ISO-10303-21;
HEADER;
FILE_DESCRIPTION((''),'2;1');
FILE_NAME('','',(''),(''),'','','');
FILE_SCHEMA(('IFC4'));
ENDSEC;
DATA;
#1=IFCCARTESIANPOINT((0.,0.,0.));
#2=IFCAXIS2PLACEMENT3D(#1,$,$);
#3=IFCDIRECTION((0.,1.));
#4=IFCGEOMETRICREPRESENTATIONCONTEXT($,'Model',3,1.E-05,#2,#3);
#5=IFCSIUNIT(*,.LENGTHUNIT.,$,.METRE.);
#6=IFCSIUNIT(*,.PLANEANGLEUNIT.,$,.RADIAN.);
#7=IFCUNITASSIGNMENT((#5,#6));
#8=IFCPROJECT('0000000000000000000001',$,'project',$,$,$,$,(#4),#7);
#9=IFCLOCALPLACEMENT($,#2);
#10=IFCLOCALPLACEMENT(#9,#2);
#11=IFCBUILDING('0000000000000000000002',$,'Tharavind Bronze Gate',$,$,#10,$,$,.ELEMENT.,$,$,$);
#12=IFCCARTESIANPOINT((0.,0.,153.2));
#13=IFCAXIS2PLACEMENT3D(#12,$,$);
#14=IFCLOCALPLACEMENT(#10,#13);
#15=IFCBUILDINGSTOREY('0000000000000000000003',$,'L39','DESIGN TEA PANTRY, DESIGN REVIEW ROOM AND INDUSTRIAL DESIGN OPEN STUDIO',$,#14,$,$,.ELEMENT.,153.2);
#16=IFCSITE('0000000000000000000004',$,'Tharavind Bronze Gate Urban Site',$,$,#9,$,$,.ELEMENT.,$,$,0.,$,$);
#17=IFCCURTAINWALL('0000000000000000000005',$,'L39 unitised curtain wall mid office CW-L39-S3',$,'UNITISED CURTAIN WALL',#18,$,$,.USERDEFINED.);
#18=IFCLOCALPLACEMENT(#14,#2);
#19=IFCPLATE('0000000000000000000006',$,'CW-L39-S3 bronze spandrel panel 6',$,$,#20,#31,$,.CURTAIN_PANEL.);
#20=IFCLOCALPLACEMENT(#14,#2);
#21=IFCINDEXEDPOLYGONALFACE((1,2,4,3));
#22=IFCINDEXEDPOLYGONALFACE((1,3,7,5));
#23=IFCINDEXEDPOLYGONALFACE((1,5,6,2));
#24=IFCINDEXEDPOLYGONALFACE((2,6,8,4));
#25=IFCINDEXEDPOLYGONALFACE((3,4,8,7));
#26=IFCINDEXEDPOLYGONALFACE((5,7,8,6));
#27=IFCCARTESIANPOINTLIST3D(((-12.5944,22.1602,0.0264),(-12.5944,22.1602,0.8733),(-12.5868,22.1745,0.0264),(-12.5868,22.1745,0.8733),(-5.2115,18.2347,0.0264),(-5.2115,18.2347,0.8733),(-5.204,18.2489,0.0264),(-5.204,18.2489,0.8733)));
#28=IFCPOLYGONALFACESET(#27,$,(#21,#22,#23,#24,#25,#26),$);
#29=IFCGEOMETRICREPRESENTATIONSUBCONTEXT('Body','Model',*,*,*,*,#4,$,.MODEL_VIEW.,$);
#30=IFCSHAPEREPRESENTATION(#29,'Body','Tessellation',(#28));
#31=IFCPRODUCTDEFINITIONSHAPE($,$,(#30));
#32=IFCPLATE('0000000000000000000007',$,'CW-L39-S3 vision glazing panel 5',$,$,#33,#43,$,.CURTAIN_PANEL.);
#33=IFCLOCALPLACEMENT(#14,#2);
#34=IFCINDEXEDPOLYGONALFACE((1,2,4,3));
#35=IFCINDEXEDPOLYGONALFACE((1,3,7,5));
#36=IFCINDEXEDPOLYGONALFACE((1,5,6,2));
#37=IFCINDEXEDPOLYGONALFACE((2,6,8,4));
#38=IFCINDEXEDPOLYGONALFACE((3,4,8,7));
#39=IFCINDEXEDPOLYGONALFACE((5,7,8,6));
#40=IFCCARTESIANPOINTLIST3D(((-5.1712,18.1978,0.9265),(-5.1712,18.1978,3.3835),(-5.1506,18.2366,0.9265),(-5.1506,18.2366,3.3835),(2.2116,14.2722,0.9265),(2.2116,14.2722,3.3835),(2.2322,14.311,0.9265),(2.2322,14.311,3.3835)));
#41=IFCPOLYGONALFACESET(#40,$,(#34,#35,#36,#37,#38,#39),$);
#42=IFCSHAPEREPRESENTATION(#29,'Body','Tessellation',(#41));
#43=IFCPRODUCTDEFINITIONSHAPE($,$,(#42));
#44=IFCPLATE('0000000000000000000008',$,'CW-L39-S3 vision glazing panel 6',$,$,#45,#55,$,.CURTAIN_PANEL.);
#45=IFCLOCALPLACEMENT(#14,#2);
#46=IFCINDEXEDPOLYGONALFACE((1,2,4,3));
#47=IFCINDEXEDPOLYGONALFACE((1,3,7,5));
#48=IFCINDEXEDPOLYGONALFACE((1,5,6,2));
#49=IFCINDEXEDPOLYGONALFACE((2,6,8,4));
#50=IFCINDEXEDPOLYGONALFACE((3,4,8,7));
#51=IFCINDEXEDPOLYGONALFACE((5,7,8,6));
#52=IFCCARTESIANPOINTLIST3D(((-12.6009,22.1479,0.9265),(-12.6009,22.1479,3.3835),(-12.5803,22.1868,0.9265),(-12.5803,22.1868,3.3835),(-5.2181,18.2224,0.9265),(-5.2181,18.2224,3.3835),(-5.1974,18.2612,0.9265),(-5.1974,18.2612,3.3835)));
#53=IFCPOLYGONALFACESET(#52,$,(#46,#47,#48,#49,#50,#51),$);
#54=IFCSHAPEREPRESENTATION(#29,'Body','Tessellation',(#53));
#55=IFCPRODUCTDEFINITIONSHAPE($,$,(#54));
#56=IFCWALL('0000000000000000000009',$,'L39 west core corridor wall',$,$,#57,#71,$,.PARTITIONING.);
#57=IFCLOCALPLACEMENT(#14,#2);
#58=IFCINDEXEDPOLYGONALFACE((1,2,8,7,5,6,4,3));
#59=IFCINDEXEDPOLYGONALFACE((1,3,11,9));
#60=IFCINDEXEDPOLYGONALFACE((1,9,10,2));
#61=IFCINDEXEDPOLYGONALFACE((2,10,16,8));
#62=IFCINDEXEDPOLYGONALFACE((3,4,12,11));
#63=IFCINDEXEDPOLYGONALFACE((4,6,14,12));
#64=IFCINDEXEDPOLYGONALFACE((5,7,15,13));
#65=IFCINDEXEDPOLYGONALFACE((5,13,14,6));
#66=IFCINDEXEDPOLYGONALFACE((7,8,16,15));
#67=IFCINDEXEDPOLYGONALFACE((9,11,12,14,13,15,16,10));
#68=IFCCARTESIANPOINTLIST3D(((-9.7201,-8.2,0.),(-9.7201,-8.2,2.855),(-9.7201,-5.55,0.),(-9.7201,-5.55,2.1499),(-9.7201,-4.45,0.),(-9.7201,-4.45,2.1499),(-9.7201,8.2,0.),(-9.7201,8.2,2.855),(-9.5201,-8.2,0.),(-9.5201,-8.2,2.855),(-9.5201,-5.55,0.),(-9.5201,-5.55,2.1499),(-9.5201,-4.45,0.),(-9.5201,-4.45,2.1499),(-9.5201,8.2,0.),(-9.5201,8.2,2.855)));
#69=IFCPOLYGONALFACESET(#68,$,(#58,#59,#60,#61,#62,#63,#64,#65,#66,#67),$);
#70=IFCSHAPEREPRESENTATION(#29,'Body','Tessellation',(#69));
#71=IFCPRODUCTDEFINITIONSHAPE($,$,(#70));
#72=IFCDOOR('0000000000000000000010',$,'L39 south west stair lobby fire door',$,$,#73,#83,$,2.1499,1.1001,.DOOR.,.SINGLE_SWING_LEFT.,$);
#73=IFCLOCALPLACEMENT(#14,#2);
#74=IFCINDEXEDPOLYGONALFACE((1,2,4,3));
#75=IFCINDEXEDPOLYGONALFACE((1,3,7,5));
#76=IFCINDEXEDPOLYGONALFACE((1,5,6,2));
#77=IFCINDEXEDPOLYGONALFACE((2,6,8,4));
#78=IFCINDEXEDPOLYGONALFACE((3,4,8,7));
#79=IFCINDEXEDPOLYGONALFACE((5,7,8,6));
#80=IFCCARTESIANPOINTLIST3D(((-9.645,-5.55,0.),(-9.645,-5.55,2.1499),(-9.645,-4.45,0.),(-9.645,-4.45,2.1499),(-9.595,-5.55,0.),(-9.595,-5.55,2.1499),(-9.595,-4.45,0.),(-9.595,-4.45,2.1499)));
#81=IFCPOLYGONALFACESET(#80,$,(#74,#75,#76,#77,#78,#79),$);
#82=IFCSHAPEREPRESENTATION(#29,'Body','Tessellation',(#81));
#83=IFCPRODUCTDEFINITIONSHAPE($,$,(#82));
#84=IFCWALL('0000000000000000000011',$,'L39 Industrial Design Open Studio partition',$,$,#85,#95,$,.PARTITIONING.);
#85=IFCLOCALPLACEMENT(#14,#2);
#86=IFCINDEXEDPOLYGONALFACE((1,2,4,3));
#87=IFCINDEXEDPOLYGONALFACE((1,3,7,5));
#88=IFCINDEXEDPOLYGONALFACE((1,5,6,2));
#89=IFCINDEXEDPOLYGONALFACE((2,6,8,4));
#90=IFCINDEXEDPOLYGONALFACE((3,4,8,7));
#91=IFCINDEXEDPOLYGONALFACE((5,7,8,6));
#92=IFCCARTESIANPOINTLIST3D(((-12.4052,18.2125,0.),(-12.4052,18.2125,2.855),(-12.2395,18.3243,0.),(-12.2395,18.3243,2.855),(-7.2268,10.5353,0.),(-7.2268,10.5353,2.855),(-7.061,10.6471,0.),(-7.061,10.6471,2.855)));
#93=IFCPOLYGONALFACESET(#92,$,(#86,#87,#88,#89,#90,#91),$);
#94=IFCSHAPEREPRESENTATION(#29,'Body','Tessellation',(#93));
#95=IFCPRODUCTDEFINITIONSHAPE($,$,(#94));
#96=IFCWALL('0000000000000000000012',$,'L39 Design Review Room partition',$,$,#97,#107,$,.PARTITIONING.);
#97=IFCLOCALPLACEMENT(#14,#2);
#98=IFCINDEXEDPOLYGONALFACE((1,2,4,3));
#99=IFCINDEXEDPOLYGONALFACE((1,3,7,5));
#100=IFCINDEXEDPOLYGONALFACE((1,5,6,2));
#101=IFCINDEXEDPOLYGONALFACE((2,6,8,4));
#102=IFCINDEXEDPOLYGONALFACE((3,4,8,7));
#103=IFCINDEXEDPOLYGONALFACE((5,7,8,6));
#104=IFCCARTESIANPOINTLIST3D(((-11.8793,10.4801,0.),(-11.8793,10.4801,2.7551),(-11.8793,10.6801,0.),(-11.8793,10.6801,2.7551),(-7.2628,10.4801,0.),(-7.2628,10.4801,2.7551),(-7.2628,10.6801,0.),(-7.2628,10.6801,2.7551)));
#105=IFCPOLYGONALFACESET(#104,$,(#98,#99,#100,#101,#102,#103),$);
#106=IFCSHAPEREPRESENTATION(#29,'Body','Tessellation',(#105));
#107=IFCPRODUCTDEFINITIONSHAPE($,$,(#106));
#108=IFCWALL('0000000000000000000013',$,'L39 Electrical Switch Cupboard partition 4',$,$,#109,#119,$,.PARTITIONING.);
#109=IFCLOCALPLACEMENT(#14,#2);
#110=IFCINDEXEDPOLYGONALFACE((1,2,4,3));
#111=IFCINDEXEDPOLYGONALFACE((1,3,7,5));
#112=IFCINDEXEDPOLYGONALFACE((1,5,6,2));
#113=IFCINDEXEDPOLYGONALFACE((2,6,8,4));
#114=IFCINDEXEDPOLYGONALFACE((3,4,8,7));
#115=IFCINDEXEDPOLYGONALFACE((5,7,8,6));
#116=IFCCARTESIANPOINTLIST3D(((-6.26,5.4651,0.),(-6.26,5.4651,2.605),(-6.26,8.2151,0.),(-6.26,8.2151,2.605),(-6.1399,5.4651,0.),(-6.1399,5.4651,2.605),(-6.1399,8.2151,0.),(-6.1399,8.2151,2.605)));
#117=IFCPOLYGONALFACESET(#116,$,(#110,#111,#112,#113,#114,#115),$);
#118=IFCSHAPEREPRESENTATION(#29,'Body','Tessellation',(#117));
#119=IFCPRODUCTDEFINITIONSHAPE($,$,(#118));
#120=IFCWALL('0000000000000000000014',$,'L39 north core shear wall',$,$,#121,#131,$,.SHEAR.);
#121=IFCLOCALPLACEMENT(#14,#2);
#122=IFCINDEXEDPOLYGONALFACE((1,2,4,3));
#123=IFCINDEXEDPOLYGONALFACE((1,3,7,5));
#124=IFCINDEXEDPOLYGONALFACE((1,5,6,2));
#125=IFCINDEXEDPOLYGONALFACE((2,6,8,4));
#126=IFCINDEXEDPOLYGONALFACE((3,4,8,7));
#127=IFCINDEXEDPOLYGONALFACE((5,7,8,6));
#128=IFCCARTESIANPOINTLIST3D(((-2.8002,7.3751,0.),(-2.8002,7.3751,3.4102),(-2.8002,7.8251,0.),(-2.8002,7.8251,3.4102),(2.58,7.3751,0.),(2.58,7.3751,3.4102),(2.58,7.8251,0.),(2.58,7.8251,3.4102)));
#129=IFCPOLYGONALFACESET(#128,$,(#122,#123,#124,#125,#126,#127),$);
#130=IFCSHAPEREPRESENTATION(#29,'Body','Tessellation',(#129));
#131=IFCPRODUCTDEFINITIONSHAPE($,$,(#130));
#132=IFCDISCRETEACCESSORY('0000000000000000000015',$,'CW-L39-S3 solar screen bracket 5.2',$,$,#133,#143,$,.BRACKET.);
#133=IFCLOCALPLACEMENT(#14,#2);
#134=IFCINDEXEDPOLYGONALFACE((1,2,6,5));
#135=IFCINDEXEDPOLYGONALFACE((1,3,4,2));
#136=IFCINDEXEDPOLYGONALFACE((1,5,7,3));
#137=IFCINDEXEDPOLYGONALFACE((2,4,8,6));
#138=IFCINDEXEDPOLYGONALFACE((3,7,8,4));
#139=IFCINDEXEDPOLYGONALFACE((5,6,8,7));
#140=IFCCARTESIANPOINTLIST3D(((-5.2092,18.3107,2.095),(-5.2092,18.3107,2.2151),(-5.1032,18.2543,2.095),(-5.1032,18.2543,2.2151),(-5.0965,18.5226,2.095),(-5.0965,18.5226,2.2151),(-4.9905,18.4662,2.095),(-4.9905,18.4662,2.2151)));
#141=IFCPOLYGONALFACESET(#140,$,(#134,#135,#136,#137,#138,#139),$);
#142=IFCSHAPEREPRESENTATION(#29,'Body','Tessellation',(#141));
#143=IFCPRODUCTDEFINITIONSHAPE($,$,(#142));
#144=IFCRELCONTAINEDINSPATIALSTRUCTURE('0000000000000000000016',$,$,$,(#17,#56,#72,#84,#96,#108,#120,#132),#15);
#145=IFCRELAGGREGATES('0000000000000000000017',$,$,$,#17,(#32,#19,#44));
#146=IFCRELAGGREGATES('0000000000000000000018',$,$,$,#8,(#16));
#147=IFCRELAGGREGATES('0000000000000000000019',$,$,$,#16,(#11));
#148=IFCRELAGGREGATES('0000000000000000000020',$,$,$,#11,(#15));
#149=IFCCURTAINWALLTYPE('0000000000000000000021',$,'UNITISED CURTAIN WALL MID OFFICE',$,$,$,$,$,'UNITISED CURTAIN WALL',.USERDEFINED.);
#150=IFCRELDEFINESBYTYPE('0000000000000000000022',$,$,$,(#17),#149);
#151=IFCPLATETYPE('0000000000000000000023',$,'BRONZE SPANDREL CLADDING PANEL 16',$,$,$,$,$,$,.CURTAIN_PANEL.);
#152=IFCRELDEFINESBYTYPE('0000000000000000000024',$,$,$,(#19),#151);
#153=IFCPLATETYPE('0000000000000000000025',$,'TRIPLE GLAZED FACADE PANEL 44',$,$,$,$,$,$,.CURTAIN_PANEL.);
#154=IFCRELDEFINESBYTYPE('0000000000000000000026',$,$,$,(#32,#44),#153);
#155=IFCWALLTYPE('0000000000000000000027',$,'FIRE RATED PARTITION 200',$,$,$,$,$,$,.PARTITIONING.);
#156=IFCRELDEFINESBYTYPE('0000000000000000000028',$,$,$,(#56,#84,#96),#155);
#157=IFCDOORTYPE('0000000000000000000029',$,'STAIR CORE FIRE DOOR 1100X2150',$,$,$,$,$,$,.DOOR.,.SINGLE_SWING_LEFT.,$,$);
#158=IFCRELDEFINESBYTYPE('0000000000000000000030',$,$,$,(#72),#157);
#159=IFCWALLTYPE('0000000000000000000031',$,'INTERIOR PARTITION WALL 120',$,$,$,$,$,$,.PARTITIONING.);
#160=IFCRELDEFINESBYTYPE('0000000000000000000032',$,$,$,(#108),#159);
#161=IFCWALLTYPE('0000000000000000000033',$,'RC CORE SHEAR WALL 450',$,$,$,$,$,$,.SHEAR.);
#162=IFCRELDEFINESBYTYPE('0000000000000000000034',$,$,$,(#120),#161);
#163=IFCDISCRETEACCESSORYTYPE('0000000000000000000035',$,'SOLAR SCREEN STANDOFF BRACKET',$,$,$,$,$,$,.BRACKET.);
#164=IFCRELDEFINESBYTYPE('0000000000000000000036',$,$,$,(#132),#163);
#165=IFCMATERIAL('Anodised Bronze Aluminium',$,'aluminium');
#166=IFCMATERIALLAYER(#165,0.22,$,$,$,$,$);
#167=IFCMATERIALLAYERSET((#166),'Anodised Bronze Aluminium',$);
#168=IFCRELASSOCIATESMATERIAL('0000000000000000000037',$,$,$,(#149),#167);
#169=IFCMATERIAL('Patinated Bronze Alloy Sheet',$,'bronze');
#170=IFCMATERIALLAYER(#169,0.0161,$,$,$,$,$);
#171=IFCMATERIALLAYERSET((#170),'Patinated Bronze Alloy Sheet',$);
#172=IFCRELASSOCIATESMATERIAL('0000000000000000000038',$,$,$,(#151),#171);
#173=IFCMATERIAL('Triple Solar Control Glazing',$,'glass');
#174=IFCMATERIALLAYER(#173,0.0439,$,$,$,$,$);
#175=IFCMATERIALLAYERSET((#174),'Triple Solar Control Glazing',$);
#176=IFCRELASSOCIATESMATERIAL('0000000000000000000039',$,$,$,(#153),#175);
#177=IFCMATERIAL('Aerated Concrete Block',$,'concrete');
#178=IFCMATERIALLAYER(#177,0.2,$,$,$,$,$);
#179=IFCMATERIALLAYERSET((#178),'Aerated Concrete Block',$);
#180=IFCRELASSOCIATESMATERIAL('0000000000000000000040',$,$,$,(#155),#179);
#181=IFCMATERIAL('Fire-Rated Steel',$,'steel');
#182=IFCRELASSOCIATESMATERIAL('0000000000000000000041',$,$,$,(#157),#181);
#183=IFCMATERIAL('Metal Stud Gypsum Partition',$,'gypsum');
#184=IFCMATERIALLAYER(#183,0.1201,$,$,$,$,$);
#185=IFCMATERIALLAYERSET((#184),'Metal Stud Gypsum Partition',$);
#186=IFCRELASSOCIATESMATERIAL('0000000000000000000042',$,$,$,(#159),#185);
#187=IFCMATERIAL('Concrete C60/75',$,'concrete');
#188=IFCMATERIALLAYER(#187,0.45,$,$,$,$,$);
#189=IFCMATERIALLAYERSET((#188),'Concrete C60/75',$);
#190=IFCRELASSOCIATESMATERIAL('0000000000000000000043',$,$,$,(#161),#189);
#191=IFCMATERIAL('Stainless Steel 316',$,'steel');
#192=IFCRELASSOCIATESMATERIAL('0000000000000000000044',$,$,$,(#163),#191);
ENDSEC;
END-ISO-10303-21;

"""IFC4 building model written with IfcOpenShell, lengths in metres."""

from ifc_helpers import new_model, si_unit, direction, frame, frame_2d, origin, origin_2d, place, context, subcontext, project, spatial, rectangle, extrude, material, layer, layer_set, type_object, element, fill, aggregate, save


model = new_model("IFC4")

# Units and contexts
model_context = context("Model", 3, precision=1e-05, world=origin(), true_north=direction((0.0, 1.0)))
body_context = subcontext(model_context, "Body", "Model", "MODEL_VIEW")
ifc_project = project(units=[si_unit("LENGTHUNIT", "METRE"), si_unit("PLANEANGLEUNIT", "RADIAN")], contexts=[model_context])

# Site, building, storey
site_placement = place(None, origin())
site = spatial("IfcSite", under=ifc_project, at=site_placement, Name="Tharavind Bronze Gate Urban Site", CompositionType="ELEMENT", RefElevation=0.0)
building_placement = place(site_placement, origin())
building = spatial("IfcBuilding", under=site, at=building_placement, Name="Tharavind Bronze Gate", CompositionType="ELEMENT")
storey_placement = place(building_placement, frame((0.0, 0.0, 153.2)))
storey = spatial("IfcBuildingStorey", under=building, at=storey_placement, Name="L39", Description="DESIGN TEA PANTRY, DESIGN REVIEW ROOM AND INDUSTRIAL DESIGN OPEN STUDIO", CompositionType="ELEMENT", Elevation=153.2)

# Curtain wall
ifc_material_1 = material(Name="Anodised Bronze Aluminium", Category="aluminium")
ifc_layer_1 = layer(ifc_material_1, 0.22)
ifc_layer_set_1 = layer_set([ifc_layer_1], Name="Anodised Bronze Aluminium")
curtain_wall_type = type_object("IfcCurtainWallType", Name="UNITISED CURTAIN WALL MID OFFICE", ElementType="UNITISED CURTAIN WALL", PredefinedType="USERDEFINED", material=ifc_layer_set_1)
curtain_wall_placement = place(storey_placement, origin())
curtain_wall = element("IfcCurtainWall", 1, at=curtain_wall_placement, inside=storey, type_object=curtain_wall_type, Name="L39 unitised curtain wall mid office CW-L39-S3", ObjectType="UNITISED CURTAIN WALL", PredefinedType="USERDEFINED")

# Plates
ifc_material_2 = material(Name="Patinated Bronze Alloy Sheet", Category="bronze")
ifc_layer_2 = layer(ifc_material_2, 0.0161)
ifc_layer_set_2 = layer_set([ifc_layer_2], Name="Patinated Bronze Alloy Sheet")
plate_type_1 = type_object("IfcPlateType", Name="BRONZE SPANDREL CLADDING PANEL 16", PredefinedType="CURTAIN_PANEL", material=ifc_layer_set_2)
plate_1_placement = place(storey_placement, frame((-8.8992, 20.2046, 0.0264), z_axis=(0.0, 0.0, 1.0), x_axis=(-0.882948, 0.469472, 0.0)))
plate_1 = element("IfcPlate", 2, at=plate_1_placement, type_object=plate_type_1, Name="CW-L39-S3 bronze spandrel panel 6", PredefinedType="CURTAIN_PANEL", context=body_context, shape_type="SweptSolid", body=[
    extrude(rectangle(XDim=8.3616, YDim=0.0161, at=origin_2d()), origin(), (0.0, 0.0, 1.0), 0.8469),
])
ifc_material_3 = material(Name="Triple Solar Control Glazing", Category="glass")
ifc_layer_3 = layer(ifc_material_3, 0.0439)
ifc_layer_set_3 = layer_set([ifc_layer_3], Name="Triple Solar Control Glazing")
plate_type_2 = type_object("IfcPlateType", Name="TRIPLE GLAZED FACADE PANEL 44", PredefinedType="CURTAIN_PANEL", material=ifc_layer_set_3)
plate_2_placement = place(storey_placement, frame((-1.4695, 16.2544, 0.9265), z_axis=(0.0, 0.0, 1.0), x_axis=(-0.882948, 0.469472, 0.0)))
plate_2 = element("IfcPlate", 3, at=plate_2_placement, type_object=plate_type_2, Name="CW-L39-S3 vision glazing panel 5", PredefinedType="CURTAIN_PANEL", context=body_context, shape_type="SweptSolid", body=[
    extrude(rectangle(XDim=8.3616, YDim=0.0439, at=origin_2d()), origin(), (0.0, 0.0, 1.0), 2.457),
])
plate_3_placement = place(storey_placement, frame((-8.8992, 20.2046, 0.9265), z_axis=(0.0, 0.0, 1.0), x_axis=(-0.882948, 0.469472, 0.0)))
plate_3 = element("IfcPlate", 4, at=plate_3_placement, type_object=plate_type_2, Name="CW-L39-S3 vision glazing panel 6", PredefinedType="CURTAIN_PANEL", context=body_context, shape_type="SweptSolid", body=[
    extrude(rectangle(XDim=8.3616, YDim=0.0439, at=origin_2d()), origin(), (0.0, 0.0, 1.0), 2.457),
])
aggregate(curtain_wall, [plate_2, plate_1, plate_3])

# Wall, opening, door
ifc_material_4 = material(Name="Aerated Concrete Block", Category="concrete")
ifc_layer_4 = layer(ifc_material_4, 0.2)
ifc_layer_set_4 = layer_set([ifc_layer_4], Name="Aerated Concrete Block")
wall_type_1 = type_object("IfcWallType", Name="FIRE RATED PARTITION 200", PredefinedType="PARTITIONING", material=ifc_layer_set_4)
wall_1_placement = place(storey_placement, frame((-9.6201, 8.2, 0.0), z_axis=(0.0, 0.0, 1.0), x_axis=(0.0, -1.0, 0.0)))
wall_1 = element("IfcWall", 5, at=wall_1_placement, inside=storey, type_object=wall_type_1, Name="L39 west core corridor wall", PredefinedType="PARTITIONING", context=body_context, shape_type="SweptSolid", body=[
    extrude(rectangle(XDim=16.3999, YDim=0.2, at=frame_2d((8.2, 0.0))), origin(), (0.0, 0.0, 1.0), 2.855),
])
opening_placement = place(wall_1_placement, frame((12.6499, 0.0, 0.0)))
opening = element("IfcOpeningElement", 6, at=opening_placement, cuts=wall_1, PredefinedType="OPENING", context=body_context, shape_type="SweptSolid", body=[
    extrude(rectangle(XDim=1.1001, YDim=2.1499, at=frame_2d((0.55, 1.075))), frame((0.0, 0.1101, 0.0), z_axis=(0.0, -1.0, 0.0), x_axis=(1.0, 0.0, 0.0)), (0.0, 0.0, 1.0), 0.22),
])
ifc_material_5 = material(Name="Fire-Rated Steel", Category="steel")
door_type = type_object("IfcDoorType", Name="STAIR CORE FIRE DOOR 1100X2150", OperationType="SINGLE_SWING_LEFT", PredefinedType="DOOR", material=ifc_material_5)
door_placement = place(opening_placement, frame((1.1001, 0.0, 0.0), z_axis=(0.0, 0.0, 1.0), x_axis=(-1.0, 0.0, 0.0)))
door = element("IfcDoor", 7, at=door_placement, inside=storey, type_object=door_type, Name="L39 south west stair lobby fire door", OperationType="SINGLE_SWING_LEFT", OverallHeight=2.1499, OverallWidth=1.1001, PredefinedType="DOOR", context=body_context, shape_type="SweptSolid", body=[
    extrude(rectangle(XDim=1.1001, YDim=2.1499, at=frame_2d((0.55, 1.075))), frame((0.0, 0.0249, 0.0), z_axis=(0.0, -1.0, 0.0), x_axis=(1.0, 0.0, 0.0)), (0.0, 0.0, 1.0), 0.05),
])
fill(opening, door)

# Walls
wall_2_placement = place(storey_placement, frame((-7.1438, 10.5911, 0.0), z_axis=(0.0, 0.0, 1.0), x_axis=(-0.5592, 0.829033, 0.0)))
element("IfcWall", 8, at=wall_2_placement, inside=storey, type_object=wall_type_1, Name="L39 Industrial Design Open Studio partition", PredefinedType="PARTITIONING", context=body_context, shape_type="SweptSolid", body=[
    extrude(rectangle(XDim=9.2605, YDim=0.2, at=frame_2d((4.6304, 0.0))), origin(), (0.0, 0.0, 1.0), 2.855),
])
wall_3_placement = place(storey_placement, frame((-7.2629, 10.5801, 0.0), z_axis=(0.0, 0.0, 1.0), x_axis=(-1.0, 0.0, 0.0)))
element("IfcWall", 9, at=wall_3_placement, inside=storey, type_object=wall_type_1, Name="L39 Design Review Room partition", PredefinedType="PARTITIONING", context=body_context, shape_type="SweptSolid", body=[
    extrude(rectangle(XDim=4.6165, YDim=0.2, at=frame_2d((2.3081, 0.0))), origin(), (0.0, 0.0, 1.0), 2.7551),
])
ifc_material_6 = material(Name="Metal Stud Gypsum Partition", Category="gypsum")
ifc_layer_5 = layer(ifc_material_6, 0.1201)
ifc_layer_set_5 = layer_set([ifc_layer_5], Name="Metal Stud Gypsum Partition")
wall_type_2 = type_object("IfcWallType", Name="INTERIOR PARTITION WALL 120", PredefinedType="PARTITIONING", material=ifc_layer_set_5)
wall_4_placement = place(storey_placement, frame((-6.2, 8.2151, 0.0), z_axis=(0.0, 0.0, 1.0), x_axis=(0.0, -1.0, 0.0)))
element("IfcWall", 10, at=wall_4_placement, inside=storey, type_object=wall_type_2, Name="L39 Electrical Switch Cupboard partition 4", PredefinedType="PARTITIONING", context=body_context, shape_type="SweptSolid", body=[
    extrude(rectangle(XDim=2.75, YDim=0.1201, at=frame_2d((1.375, 0.0))), origin(), (0.0, 0.0, 1.0), 2.605),
])
ifc_material_7 = material(Name="Concrete C60/75", Category="concrete")
ifc_layer_6 = layer(ifc_material_7, 0.45)
ifc_layer_set_6 = layer_set([ifc_layer_6], Name="Concrete C60/75")
wall_type_3 = type_object("IfcWallType", Name="RC CORE SHEAR WALL 450", PredefinedType="SHEAR", material=ifc_layer_set_6)
wall_5_placement = place(storey_placement, frame((-2.8, 7.6001, 0.0), z_axis=(0.0, 0.0, 1.0), x_axis=(1.0, 0.0, 0.0)))
element("IfcWall", 11, at=wall_5_placement, inside=storey, type_object=wall_type_3, Name="L39 north core shear wall", PredefinedType="SHEAR", context=body_context, shape_type="SweptSolid", body=[
    extrude(rectangle(XDim=5.3801, YDim=0.45, at=frame_2d((2.6899, 0.0))), origin(), (0.0, 0.0, 1.0), 3.4102),
])

# Discrete accessory
ifc_material_8 = material(Name="Stainless Steel 316", Category="steel")
discrete_accessory_type = type_object("IfcDiscreteAccessoryType", Name="SOLAR SCREEN STANDOFF BRACKET", PredefinedType="BRACKET", material=ifc_material_8)
discrete_accessory_placement = place(storey_placement, frame((-5.0999, 18.3884, 2.095), z_axis=(0.0, 0.0, 1.0), x_axis=(-0.882948, 0.469472, 0.0)))
element("IfcDiscreteAccessory", 12, at=discrete_accessory_placement, inside=storey, type_object=discrete_accessory_type, Name="CW-L39-S3 solar screen bracket 5.2", PredefinedType="BRACKET", context=body_context, shape_type="SweptSolid", body=[
    extrude(rectangle(XDim=0.1201, YDim=0.24, at=origin_2d()), origin(), (0.0, 0.0, 1.0), 0.1201),
])

save(model, "model.ifc")
